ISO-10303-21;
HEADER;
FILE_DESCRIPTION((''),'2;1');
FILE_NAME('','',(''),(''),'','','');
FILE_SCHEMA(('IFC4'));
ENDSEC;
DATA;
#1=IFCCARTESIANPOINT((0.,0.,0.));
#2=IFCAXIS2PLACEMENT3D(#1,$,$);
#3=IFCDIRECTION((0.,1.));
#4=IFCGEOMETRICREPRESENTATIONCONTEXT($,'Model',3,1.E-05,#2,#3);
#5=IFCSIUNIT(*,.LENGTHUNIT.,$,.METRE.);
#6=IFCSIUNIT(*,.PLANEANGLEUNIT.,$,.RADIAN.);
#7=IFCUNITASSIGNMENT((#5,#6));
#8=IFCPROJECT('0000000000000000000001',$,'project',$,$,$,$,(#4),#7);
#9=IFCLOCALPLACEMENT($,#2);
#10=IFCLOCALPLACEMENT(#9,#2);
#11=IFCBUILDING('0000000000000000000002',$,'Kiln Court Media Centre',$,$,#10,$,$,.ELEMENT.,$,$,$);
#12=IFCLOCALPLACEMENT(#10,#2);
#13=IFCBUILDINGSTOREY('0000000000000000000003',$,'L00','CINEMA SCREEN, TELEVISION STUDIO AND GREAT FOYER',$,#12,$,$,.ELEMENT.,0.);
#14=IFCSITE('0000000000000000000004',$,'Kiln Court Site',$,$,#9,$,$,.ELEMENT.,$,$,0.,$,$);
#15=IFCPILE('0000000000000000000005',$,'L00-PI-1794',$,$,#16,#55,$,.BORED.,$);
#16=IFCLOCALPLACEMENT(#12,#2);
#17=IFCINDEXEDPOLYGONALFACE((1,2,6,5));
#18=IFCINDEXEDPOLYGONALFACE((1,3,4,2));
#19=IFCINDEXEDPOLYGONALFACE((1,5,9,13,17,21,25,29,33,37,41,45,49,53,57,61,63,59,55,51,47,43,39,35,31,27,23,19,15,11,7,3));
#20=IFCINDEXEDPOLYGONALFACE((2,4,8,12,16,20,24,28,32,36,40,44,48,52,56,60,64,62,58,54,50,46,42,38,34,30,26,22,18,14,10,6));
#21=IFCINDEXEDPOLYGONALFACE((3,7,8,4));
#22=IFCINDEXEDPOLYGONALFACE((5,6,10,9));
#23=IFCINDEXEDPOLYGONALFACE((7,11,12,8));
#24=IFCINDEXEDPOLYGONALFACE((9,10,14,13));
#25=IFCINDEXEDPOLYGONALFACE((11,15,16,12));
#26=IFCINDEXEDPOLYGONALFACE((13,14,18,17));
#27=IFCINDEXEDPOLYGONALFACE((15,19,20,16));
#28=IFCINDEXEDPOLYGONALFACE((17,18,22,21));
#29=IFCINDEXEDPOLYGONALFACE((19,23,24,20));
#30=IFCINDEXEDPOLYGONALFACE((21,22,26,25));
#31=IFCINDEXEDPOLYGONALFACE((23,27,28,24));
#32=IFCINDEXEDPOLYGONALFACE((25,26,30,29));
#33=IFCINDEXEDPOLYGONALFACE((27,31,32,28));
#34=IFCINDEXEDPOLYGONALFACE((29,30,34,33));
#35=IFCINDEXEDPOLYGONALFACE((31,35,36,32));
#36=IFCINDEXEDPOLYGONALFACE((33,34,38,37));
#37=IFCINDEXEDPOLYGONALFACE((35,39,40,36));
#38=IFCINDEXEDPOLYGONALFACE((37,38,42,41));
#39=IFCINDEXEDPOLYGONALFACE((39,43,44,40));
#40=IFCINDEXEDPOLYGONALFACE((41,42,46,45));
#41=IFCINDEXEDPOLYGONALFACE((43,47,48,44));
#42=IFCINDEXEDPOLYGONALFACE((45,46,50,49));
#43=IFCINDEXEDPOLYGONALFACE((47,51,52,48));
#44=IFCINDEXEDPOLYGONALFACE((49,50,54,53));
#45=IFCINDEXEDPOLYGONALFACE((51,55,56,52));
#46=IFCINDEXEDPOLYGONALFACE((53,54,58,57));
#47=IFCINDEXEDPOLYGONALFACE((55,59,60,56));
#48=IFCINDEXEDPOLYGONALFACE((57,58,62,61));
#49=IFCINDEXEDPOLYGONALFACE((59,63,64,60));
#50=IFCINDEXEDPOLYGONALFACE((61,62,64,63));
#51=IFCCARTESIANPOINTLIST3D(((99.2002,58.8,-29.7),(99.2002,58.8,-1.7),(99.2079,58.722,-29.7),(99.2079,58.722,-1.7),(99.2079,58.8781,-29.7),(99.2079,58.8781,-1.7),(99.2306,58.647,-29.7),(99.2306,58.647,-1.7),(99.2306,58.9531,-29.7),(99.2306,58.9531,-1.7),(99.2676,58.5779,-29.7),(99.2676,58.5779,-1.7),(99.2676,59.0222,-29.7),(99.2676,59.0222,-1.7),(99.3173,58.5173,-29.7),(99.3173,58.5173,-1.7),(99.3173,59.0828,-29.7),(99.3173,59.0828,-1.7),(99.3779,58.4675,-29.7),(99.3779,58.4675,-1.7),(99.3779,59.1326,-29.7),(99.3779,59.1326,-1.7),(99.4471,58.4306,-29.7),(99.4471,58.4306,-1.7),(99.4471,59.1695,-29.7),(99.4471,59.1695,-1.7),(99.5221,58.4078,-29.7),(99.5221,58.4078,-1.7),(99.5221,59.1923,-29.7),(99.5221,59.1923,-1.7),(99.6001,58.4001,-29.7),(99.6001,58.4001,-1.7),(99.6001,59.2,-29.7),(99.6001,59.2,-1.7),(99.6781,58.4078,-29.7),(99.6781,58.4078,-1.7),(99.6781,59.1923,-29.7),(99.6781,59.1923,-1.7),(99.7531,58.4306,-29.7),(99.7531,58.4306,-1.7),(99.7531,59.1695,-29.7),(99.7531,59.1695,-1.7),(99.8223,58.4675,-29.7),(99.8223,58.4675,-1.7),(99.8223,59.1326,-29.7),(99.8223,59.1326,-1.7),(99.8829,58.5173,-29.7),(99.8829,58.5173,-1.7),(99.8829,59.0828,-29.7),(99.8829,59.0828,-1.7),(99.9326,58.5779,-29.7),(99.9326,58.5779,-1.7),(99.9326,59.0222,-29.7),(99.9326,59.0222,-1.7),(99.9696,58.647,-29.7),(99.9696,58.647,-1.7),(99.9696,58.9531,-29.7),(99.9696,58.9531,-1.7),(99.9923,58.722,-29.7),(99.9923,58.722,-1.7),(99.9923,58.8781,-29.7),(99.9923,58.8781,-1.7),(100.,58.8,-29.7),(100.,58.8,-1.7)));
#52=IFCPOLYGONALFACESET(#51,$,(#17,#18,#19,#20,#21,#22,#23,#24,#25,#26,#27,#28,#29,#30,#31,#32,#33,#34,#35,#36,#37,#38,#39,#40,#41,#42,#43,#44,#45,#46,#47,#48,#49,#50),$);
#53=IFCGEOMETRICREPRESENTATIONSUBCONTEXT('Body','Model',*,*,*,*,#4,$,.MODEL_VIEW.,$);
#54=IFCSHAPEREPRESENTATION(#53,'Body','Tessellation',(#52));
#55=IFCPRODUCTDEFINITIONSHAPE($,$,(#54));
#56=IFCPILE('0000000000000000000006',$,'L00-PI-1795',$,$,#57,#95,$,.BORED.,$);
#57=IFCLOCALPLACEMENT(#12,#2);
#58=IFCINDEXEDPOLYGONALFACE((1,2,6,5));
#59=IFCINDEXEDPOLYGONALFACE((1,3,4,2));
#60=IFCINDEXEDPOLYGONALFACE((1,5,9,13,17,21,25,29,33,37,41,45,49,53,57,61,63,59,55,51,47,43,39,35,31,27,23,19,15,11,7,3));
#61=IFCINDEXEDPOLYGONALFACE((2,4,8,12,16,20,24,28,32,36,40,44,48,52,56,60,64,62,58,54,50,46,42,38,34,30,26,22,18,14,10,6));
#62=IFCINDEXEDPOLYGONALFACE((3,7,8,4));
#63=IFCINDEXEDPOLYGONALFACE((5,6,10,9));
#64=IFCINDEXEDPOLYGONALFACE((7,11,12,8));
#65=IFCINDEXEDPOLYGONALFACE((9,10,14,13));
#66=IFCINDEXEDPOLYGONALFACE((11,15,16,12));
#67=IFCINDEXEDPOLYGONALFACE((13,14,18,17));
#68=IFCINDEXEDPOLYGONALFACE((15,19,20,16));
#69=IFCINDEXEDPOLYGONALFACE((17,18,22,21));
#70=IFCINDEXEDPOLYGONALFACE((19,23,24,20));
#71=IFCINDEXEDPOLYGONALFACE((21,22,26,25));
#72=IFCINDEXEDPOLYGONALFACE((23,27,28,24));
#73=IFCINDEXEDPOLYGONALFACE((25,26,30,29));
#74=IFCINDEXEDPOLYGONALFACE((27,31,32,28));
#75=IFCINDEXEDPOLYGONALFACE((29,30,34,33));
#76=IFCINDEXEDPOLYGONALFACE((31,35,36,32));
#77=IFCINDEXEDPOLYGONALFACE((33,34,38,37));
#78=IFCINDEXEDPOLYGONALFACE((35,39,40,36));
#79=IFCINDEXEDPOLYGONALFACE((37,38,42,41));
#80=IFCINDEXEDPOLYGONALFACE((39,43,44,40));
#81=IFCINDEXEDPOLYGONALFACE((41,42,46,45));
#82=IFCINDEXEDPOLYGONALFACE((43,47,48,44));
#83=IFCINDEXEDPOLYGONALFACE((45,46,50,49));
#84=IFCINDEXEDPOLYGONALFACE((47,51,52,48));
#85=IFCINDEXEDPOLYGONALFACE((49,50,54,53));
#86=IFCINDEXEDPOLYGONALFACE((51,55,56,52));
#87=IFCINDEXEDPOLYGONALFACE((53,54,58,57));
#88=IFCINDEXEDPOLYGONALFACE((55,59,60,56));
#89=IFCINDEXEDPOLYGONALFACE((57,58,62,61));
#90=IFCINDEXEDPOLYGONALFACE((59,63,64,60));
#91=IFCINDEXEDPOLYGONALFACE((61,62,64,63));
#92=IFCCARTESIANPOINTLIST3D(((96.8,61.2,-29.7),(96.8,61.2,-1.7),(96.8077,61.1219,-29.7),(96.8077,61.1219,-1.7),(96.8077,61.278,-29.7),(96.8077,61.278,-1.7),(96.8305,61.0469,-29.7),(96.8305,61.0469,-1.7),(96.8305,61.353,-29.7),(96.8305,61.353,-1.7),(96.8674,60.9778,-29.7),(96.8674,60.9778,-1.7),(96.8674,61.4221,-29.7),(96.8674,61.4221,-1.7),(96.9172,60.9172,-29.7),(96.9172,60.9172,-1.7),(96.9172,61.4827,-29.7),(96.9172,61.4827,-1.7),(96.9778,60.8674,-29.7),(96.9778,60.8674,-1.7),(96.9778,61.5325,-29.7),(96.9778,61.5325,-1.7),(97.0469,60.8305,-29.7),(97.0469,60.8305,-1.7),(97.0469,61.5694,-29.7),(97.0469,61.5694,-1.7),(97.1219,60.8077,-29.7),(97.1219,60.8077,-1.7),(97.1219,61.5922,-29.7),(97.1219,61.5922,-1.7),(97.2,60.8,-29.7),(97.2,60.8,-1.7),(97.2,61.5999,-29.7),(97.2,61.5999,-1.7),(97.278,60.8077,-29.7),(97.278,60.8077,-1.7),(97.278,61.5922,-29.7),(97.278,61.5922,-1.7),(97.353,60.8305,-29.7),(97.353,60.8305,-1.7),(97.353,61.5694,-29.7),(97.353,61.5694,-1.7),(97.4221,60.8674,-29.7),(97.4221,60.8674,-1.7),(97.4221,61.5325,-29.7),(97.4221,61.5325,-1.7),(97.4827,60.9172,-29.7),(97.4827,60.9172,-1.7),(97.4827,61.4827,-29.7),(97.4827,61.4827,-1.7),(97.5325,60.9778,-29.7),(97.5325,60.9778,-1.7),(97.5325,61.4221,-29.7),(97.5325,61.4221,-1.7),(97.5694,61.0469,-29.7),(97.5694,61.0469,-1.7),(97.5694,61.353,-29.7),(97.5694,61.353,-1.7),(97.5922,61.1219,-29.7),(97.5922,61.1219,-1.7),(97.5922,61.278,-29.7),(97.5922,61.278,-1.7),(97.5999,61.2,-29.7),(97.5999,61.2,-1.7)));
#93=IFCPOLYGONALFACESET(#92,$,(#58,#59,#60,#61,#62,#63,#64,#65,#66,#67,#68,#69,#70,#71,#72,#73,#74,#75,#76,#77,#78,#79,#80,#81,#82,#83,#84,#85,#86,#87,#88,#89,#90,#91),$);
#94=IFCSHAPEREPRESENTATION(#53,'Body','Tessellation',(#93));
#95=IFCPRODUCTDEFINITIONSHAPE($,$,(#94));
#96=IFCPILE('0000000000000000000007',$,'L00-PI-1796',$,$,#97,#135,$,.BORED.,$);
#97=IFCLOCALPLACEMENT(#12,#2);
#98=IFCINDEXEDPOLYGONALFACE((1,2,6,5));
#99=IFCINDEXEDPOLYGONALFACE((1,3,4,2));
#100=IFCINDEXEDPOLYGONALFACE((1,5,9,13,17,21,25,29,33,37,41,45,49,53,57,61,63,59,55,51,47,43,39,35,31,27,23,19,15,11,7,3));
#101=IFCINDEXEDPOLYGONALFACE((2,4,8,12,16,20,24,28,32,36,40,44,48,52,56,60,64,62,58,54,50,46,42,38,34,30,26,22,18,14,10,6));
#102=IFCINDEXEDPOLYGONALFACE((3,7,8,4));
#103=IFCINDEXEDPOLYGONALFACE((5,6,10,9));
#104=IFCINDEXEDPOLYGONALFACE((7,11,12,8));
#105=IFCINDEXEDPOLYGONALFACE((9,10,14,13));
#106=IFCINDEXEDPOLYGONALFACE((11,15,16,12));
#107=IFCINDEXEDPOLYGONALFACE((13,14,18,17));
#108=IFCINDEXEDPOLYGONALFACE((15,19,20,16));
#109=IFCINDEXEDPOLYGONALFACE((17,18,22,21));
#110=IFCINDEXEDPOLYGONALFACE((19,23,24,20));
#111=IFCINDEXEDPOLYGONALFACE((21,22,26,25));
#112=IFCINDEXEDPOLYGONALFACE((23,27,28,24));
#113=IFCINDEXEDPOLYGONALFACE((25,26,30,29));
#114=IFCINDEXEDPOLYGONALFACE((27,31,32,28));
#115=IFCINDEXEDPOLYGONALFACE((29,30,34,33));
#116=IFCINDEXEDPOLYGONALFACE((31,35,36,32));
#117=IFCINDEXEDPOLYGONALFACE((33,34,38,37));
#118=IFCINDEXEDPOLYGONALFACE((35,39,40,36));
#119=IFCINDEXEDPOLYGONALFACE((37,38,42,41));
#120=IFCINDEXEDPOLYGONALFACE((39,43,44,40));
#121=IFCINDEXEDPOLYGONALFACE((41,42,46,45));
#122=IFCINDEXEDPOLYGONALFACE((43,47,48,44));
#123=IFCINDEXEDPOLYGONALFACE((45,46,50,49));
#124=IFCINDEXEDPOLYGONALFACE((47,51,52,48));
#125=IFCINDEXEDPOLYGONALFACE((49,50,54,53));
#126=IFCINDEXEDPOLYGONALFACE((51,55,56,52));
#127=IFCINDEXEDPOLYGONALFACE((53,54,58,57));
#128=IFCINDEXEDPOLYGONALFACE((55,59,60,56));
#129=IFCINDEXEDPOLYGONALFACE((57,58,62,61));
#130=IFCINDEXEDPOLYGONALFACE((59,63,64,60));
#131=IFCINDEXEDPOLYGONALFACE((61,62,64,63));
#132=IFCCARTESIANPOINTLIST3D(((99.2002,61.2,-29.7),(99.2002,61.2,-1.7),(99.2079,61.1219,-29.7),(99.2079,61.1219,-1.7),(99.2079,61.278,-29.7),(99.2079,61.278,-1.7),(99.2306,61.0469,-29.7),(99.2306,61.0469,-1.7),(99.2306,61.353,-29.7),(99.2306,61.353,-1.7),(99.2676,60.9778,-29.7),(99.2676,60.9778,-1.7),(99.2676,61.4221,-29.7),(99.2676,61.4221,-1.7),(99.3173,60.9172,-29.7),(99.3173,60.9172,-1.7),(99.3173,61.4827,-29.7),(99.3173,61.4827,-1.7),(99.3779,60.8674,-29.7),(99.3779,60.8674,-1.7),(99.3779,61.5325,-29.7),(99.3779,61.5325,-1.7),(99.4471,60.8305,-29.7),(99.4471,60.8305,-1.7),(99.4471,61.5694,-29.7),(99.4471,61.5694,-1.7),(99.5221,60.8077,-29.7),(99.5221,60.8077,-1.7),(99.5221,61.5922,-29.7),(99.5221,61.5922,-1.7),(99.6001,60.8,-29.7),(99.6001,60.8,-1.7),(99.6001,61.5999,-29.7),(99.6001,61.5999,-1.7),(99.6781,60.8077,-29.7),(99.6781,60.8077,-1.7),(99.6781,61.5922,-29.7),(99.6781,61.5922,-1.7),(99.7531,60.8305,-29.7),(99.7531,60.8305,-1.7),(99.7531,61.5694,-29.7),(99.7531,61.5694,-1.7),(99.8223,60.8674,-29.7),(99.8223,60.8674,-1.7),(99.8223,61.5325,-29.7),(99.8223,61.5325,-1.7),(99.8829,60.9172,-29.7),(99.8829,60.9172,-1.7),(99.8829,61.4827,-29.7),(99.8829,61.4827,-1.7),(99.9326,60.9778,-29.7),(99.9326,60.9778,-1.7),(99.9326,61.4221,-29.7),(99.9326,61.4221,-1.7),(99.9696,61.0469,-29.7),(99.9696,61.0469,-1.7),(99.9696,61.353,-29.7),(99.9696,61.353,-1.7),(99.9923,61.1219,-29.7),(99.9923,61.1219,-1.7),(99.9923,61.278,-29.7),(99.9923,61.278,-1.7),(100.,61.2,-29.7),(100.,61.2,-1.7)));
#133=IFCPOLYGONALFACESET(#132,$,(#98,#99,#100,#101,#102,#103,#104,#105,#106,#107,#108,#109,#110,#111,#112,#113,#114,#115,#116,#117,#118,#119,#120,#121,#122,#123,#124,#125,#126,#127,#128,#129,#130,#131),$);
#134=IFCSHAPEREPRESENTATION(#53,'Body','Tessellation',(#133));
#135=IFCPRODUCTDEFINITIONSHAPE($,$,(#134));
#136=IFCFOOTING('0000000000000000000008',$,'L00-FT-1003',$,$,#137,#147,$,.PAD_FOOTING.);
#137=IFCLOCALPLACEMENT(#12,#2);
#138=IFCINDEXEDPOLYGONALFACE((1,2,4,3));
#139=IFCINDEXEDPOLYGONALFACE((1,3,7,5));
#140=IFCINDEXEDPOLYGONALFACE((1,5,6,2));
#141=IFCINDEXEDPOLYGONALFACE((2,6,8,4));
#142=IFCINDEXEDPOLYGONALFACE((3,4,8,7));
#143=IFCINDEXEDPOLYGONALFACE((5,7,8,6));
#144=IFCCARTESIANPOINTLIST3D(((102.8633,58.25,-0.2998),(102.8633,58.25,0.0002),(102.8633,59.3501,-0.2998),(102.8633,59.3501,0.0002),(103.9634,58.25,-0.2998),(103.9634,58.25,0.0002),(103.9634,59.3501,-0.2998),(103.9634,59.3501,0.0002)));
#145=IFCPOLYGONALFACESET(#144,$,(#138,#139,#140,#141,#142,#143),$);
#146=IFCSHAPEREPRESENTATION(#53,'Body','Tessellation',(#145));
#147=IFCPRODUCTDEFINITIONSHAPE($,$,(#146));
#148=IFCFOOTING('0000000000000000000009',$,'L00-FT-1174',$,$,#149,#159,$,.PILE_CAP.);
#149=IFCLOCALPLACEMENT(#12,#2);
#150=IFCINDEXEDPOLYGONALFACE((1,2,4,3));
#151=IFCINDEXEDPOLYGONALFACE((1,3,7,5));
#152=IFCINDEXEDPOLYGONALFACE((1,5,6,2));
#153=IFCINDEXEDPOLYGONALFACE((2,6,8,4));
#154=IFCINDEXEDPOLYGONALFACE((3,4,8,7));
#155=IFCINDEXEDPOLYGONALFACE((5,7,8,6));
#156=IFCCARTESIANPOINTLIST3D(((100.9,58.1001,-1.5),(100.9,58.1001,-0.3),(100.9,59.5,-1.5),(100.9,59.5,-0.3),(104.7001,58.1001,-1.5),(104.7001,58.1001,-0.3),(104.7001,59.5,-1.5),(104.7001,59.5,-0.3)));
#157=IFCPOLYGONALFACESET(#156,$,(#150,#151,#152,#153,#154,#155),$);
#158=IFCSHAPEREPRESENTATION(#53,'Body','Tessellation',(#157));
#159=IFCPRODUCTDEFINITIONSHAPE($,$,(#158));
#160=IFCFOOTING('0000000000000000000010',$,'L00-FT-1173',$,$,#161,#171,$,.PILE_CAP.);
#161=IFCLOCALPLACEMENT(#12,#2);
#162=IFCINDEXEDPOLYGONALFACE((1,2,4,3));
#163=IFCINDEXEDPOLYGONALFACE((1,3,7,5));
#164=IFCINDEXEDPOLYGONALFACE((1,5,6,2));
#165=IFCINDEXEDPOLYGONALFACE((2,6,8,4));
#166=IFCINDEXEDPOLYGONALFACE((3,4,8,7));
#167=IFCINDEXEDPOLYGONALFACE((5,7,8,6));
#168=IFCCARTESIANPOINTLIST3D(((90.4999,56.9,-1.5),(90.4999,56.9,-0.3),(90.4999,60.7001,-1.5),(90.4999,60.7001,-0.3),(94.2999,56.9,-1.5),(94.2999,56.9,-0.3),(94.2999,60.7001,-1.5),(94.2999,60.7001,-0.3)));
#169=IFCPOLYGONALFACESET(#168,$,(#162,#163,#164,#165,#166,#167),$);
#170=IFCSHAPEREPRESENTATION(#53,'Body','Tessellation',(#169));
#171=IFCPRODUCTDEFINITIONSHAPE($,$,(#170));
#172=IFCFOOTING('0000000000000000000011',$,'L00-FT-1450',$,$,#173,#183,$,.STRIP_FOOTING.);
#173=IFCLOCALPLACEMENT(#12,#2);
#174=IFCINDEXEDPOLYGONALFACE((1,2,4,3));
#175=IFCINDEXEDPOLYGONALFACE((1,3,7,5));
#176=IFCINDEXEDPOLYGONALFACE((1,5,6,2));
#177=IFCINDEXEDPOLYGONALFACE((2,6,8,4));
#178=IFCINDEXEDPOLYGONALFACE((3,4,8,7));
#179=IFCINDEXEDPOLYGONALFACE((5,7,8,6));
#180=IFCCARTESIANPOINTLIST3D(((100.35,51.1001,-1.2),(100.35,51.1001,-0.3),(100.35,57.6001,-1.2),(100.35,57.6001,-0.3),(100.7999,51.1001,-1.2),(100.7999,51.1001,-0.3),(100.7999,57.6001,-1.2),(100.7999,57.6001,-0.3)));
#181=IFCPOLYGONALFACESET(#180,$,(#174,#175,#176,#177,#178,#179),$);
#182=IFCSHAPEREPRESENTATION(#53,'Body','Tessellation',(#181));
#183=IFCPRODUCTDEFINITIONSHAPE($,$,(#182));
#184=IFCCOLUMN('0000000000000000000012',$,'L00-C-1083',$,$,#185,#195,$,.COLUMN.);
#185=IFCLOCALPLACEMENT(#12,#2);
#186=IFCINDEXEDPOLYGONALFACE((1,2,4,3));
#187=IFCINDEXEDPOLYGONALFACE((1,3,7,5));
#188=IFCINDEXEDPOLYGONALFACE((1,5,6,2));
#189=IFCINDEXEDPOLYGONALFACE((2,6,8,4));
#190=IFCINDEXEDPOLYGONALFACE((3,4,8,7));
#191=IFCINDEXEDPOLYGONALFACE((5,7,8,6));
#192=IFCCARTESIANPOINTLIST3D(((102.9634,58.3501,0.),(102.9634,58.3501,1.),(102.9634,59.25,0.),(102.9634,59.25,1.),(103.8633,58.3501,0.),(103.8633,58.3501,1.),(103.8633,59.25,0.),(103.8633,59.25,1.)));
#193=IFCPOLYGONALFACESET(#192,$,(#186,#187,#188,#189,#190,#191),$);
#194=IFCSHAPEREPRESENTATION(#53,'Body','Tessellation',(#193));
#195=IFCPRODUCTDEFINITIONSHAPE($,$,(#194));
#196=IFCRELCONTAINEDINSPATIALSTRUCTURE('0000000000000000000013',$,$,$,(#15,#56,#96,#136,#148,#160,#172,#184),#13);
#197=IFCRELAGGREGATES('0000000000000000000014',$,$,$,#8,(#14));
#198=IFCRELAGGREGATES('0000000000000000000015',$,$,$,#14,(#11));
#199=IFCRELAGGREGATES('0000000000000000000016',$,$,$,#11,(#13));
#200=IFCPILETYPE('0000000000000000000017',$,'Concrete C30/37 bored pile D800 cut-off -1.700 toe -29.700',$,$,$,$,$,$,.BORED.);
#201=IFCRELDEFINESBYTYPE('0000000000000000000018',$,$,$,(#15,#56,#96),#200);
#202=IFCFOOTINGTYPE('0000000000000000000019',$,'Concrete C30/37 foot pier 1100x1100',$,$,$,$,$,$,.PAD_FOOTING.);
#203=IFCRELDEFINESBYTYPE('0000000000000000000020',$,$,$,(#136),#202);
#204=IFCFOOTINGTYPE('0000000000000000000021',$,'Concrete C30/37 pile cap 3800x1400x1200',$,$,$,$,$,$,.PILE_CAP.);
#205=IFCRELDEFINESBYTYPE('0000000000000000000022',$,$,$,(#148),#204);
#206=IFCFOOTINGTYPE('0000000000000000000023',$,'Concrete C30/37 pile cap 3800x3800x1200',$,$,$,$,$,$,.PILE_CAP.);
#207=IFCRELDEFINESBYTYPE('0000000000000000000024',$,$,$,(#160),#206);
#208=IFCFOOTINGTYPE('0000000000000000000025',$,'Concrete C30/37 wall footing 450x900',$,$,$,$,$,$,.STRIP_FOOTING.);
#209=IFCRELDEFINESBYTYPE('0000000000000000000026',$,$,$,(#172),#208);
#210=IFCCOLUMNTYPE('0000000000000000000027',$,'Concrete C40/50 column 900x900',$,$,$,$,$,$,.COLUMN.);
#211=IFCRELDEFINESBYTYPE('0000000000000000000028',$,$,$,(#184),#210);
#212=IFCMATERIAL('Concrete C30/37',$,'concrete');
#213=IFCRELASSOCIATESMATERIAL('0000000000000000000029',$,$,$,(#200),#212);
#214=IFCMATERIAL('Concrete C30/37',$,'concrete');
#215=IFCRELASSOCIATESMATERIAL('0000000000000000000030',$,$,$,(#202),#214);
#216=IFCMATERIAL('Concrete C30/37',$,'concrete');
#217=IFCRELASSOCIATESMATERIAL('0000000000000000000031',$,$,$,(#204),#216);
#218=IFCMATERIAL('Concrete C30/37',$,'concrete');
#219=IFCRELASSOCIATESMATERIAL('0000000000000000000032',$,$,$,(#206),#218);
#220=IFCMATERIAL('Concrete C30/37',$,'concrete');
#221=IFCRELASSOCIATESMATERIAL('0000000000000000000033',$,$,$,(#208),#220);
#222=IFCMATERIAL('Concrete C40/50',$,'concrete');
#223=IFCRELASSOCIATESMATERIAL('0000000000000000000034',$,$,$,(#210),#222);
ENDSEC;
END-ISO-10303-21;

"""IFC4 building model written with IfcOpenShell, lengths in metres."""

from ifc_helpers import new_model, si_unit, direction, frame, origin, origin_2d, place, context, subcontext, project, spatial, rectangle, circle, extrude, material, material_profile, profile_set, type_object, element, save


model = new_model("IFC4")

# Units and contexts
model_context = context("Model", 3, precision=1e-05, world=origin(), true_north=direction((0.0, 1.0)))
body_context = subcontext(model_context, "Body", "Model", "MODEL_VIEW")
ifc_project = project(units=[si_unit("LENGTHUNIT", "METRE"), si_unit("PLANEANGLEUNIT", "RADIAN")], contexts=[model_context])

# Site, building, storey
site_placement = place(None, origin())
site = spatial("IfcSite", under=ifc_project, at=site_placement, Name="Kiln Court Site", CompositionType="ELEMENT", RefElevation=0.0)
building_placement = place(site_placement, origin())
building = spatial("IfcBuilding", under=site, at=building_placement, Name="Kiln Court Media Centre", CompositionType="ELEMENT")
storey_placement = place(building_placement, origin())
storey = spatial("IfcBuildingStorey", under=building, at=storey_placement, Name="L00", Description="CINEMA SCREEN, TELEVISION STUDIO AND GREAT FOYER", CompositionType="ELEMENT", Elevation=0.0)

# Piles
ifc_material_1 = material(Name="Concrete C30/37", Category="concrete")
ifc_material_profile_1 = material_profile(ifc_material_1, circle(Radius=0.3999, at=origin_2d()), Name="PILE D800")
ifc_profile_set_1 = profile_set([ifc_material_profile_1], Name="Concrete C30/37")
pile_type_1 = type_object("IfcPileType", Name="Concrete C30/37 bored pile D800 cut-off -1.700 toe -29.700", PredefinedType="BORED", material=ifc_profile_set_1)
for number, where, z_axis, x_axis, name in (
    (1, (99.6001, 58.8, -1.7), (0.0, 0.0, -1.0), (1.0, 0.0, 0.0), "L00-PI-1794"),
    (2, (97.2, 61.2, -1.7), (0.0, 0.0, -1.0), (1.0, 0.0, 0.0), "L00-PI-1795"),
    (3, (99.6001, 61.2, -1.7), (0.0, 0.0, -1.0), (1.0, 0.0, 0.0), "L00-PI-1796"),
):
    element("IfcPile", number, at=place(storey_placement, frame(where, z_axis=z_axis, x_axis=x_axis)), inside=storey, type_object=pile_type_1, Name=name, PredefinedType="BORED", context=body_context, shape_type="SweptSolid", body=[
        extrude(circle(Radius=0.3999, at=origin_2d()), origin(), (0.0, 0.0, 1.0), 28.0),
    ])

# Footings
ifc_material_2 = material(Name="Concrete C30/37", Category="concrete")
footing_type_1 = type_object("IfcFootingType", Name="Concrete C30/37 foot pier 1100x1100", PredefinedType="PAD_FOOTING", material=ifc_material_2)
footing_1_placement = place(storey_placement, frame((103.4133, 58.8, -0.2998), z_axis=(0.0, 0.0, 1.0), x_axis=(1.0, 0.0, 0.0)))
element("IfcFooting", 4, at=footing_1_placement, inside=storey, type_object=footing_type_1, Name="L00-FT-1003", PredefinedType="PAD_FOOTING", context=body_context, shape_type="SweptSolid", body=[
    extrude(rectangle(XDim=1.1001, YDim=1.1001, at=origin_2d()), origin(), (0.0, 0.0, 1.0), 0.3),
])
ifc_material_3 = material(Name="Concrete C30/37", Category="concrete")
footing_type_2 = type_object("IfcFootingType", Name="Concrete C30/37 pile cap 3800x1400x1200", PredefinedType="PILE_CAP", material=ifc_material_3)
footing_2_placement = place(storey_placement, frame((102.8, 58.8, -1.5), z_axis=(0.0, 0.0, 1.0), x_axis=(1.0, 0.0, 0.0)))
element("IfcFooting", 5, at=footing_2_placement, inside=storey, type_object=footing_type_2, Name="L00-FT-1174", PredefinedType="PILE_CAP", context=body_context, shape_type="SweptSolid", body=[
    extrude(rectangle(XDim=3.8, YDim=1.3999, at=origin_2d()), origin(), (0.0, 0.0, 1.0), 1.2),
])
ifc_material_4 = material(Name="Concrete C30/37", Category="concrete")
footing_type_3 = type_object("IfcFootingType", Name="Concrete C30/37 pile cap 3800x3800x1200", PredefinedType="PILE_CAP", material=ifc_material_4)
footing_3_placement = place(storey_placement, frame((92.3999, 58.8, -1.5), z_axis=(0.0, 0.0, 1.0), x_axis=(1.0, 0.0, 0.0)))
element("IfcFooting", 6, at=footing_3_placement, inside=storey, type_object=footing_type_3, Name="L00-FT-1173", PredefinedType="PILE_CAP", context=body_context, shape_type="SweptSolid", body=[
    extrude(rectangle(XDim=3.8, YDim=3.8, at=origin_2d()), origin(), (0.0, 0.0, 1.0), 1.2),
])
ifc_material_5 = material(Name="Concrete C30/37", Category="concrete")
footing_type_4 = type_object("IfcFootingType", Name="Concrete C30/37 wall footing 450x900", PredefinedType="STRIP_FOOTING", material=ifc_material_5)
footing_4_placement = place(storey_placement, frame((100.575, 54.3501, -1.2), z_axis=(0.0, 0.0, 1.0), x_axis=(1.0, 0.0, 0.0)))
element("IfcFooting", 7, at=footing_4_placement, inside=storey, type_object=footing_type_4, Name="L00-FT-1450", PredefinedType="STRIP_FOOTING", context=body_context, shape_type="SweptSolid", body=[
    extrude(rectangle(XDim=0.45, YDim=6.5, at=origin_2d()), origin(), (0.0, 0.0, 1.0), 0.8999),
])

# Column
ifc_material_6 = material(Name="Concrete C40/50", Category="concrete")
ifc_material_profile_2 = material_profile(ifc_material_6, rectangle(XDim=0.8999, YDim=0.8999, at=origin_2d()), Name="RC 900x900")
ifc_profile_set_2 = profile_set([ifc_material_profile_2], Name="Concrete C40/50")
column_type_1 = type_object("IfcColumnType", Name="Concrete C40/50 column 900x900", PredefinedType="COLUMN", material=ifc_profile_set_2)
column_1_placement = place(storey_placement, frame((103.4133, 58.8, 0.0), z_axis=(0.0, 0.0, 1.0), x_axis=(1.0, 0.0, 0.0)))
element("IfcColumn", 8, at=column_1_placement, inside=storey, type_object=column_type_1, Name="L00-C-1083", PredefinedType="COLUMN", context=body_context, shape_type="SweptSolid", body=[
    extrude(rectangle(XDim=0.8999, YDim=0.8999, at=origin_2d()), origin(), (0.0, 0.0, 1.0), 1.0),
])

save(model, "model.ifc")
